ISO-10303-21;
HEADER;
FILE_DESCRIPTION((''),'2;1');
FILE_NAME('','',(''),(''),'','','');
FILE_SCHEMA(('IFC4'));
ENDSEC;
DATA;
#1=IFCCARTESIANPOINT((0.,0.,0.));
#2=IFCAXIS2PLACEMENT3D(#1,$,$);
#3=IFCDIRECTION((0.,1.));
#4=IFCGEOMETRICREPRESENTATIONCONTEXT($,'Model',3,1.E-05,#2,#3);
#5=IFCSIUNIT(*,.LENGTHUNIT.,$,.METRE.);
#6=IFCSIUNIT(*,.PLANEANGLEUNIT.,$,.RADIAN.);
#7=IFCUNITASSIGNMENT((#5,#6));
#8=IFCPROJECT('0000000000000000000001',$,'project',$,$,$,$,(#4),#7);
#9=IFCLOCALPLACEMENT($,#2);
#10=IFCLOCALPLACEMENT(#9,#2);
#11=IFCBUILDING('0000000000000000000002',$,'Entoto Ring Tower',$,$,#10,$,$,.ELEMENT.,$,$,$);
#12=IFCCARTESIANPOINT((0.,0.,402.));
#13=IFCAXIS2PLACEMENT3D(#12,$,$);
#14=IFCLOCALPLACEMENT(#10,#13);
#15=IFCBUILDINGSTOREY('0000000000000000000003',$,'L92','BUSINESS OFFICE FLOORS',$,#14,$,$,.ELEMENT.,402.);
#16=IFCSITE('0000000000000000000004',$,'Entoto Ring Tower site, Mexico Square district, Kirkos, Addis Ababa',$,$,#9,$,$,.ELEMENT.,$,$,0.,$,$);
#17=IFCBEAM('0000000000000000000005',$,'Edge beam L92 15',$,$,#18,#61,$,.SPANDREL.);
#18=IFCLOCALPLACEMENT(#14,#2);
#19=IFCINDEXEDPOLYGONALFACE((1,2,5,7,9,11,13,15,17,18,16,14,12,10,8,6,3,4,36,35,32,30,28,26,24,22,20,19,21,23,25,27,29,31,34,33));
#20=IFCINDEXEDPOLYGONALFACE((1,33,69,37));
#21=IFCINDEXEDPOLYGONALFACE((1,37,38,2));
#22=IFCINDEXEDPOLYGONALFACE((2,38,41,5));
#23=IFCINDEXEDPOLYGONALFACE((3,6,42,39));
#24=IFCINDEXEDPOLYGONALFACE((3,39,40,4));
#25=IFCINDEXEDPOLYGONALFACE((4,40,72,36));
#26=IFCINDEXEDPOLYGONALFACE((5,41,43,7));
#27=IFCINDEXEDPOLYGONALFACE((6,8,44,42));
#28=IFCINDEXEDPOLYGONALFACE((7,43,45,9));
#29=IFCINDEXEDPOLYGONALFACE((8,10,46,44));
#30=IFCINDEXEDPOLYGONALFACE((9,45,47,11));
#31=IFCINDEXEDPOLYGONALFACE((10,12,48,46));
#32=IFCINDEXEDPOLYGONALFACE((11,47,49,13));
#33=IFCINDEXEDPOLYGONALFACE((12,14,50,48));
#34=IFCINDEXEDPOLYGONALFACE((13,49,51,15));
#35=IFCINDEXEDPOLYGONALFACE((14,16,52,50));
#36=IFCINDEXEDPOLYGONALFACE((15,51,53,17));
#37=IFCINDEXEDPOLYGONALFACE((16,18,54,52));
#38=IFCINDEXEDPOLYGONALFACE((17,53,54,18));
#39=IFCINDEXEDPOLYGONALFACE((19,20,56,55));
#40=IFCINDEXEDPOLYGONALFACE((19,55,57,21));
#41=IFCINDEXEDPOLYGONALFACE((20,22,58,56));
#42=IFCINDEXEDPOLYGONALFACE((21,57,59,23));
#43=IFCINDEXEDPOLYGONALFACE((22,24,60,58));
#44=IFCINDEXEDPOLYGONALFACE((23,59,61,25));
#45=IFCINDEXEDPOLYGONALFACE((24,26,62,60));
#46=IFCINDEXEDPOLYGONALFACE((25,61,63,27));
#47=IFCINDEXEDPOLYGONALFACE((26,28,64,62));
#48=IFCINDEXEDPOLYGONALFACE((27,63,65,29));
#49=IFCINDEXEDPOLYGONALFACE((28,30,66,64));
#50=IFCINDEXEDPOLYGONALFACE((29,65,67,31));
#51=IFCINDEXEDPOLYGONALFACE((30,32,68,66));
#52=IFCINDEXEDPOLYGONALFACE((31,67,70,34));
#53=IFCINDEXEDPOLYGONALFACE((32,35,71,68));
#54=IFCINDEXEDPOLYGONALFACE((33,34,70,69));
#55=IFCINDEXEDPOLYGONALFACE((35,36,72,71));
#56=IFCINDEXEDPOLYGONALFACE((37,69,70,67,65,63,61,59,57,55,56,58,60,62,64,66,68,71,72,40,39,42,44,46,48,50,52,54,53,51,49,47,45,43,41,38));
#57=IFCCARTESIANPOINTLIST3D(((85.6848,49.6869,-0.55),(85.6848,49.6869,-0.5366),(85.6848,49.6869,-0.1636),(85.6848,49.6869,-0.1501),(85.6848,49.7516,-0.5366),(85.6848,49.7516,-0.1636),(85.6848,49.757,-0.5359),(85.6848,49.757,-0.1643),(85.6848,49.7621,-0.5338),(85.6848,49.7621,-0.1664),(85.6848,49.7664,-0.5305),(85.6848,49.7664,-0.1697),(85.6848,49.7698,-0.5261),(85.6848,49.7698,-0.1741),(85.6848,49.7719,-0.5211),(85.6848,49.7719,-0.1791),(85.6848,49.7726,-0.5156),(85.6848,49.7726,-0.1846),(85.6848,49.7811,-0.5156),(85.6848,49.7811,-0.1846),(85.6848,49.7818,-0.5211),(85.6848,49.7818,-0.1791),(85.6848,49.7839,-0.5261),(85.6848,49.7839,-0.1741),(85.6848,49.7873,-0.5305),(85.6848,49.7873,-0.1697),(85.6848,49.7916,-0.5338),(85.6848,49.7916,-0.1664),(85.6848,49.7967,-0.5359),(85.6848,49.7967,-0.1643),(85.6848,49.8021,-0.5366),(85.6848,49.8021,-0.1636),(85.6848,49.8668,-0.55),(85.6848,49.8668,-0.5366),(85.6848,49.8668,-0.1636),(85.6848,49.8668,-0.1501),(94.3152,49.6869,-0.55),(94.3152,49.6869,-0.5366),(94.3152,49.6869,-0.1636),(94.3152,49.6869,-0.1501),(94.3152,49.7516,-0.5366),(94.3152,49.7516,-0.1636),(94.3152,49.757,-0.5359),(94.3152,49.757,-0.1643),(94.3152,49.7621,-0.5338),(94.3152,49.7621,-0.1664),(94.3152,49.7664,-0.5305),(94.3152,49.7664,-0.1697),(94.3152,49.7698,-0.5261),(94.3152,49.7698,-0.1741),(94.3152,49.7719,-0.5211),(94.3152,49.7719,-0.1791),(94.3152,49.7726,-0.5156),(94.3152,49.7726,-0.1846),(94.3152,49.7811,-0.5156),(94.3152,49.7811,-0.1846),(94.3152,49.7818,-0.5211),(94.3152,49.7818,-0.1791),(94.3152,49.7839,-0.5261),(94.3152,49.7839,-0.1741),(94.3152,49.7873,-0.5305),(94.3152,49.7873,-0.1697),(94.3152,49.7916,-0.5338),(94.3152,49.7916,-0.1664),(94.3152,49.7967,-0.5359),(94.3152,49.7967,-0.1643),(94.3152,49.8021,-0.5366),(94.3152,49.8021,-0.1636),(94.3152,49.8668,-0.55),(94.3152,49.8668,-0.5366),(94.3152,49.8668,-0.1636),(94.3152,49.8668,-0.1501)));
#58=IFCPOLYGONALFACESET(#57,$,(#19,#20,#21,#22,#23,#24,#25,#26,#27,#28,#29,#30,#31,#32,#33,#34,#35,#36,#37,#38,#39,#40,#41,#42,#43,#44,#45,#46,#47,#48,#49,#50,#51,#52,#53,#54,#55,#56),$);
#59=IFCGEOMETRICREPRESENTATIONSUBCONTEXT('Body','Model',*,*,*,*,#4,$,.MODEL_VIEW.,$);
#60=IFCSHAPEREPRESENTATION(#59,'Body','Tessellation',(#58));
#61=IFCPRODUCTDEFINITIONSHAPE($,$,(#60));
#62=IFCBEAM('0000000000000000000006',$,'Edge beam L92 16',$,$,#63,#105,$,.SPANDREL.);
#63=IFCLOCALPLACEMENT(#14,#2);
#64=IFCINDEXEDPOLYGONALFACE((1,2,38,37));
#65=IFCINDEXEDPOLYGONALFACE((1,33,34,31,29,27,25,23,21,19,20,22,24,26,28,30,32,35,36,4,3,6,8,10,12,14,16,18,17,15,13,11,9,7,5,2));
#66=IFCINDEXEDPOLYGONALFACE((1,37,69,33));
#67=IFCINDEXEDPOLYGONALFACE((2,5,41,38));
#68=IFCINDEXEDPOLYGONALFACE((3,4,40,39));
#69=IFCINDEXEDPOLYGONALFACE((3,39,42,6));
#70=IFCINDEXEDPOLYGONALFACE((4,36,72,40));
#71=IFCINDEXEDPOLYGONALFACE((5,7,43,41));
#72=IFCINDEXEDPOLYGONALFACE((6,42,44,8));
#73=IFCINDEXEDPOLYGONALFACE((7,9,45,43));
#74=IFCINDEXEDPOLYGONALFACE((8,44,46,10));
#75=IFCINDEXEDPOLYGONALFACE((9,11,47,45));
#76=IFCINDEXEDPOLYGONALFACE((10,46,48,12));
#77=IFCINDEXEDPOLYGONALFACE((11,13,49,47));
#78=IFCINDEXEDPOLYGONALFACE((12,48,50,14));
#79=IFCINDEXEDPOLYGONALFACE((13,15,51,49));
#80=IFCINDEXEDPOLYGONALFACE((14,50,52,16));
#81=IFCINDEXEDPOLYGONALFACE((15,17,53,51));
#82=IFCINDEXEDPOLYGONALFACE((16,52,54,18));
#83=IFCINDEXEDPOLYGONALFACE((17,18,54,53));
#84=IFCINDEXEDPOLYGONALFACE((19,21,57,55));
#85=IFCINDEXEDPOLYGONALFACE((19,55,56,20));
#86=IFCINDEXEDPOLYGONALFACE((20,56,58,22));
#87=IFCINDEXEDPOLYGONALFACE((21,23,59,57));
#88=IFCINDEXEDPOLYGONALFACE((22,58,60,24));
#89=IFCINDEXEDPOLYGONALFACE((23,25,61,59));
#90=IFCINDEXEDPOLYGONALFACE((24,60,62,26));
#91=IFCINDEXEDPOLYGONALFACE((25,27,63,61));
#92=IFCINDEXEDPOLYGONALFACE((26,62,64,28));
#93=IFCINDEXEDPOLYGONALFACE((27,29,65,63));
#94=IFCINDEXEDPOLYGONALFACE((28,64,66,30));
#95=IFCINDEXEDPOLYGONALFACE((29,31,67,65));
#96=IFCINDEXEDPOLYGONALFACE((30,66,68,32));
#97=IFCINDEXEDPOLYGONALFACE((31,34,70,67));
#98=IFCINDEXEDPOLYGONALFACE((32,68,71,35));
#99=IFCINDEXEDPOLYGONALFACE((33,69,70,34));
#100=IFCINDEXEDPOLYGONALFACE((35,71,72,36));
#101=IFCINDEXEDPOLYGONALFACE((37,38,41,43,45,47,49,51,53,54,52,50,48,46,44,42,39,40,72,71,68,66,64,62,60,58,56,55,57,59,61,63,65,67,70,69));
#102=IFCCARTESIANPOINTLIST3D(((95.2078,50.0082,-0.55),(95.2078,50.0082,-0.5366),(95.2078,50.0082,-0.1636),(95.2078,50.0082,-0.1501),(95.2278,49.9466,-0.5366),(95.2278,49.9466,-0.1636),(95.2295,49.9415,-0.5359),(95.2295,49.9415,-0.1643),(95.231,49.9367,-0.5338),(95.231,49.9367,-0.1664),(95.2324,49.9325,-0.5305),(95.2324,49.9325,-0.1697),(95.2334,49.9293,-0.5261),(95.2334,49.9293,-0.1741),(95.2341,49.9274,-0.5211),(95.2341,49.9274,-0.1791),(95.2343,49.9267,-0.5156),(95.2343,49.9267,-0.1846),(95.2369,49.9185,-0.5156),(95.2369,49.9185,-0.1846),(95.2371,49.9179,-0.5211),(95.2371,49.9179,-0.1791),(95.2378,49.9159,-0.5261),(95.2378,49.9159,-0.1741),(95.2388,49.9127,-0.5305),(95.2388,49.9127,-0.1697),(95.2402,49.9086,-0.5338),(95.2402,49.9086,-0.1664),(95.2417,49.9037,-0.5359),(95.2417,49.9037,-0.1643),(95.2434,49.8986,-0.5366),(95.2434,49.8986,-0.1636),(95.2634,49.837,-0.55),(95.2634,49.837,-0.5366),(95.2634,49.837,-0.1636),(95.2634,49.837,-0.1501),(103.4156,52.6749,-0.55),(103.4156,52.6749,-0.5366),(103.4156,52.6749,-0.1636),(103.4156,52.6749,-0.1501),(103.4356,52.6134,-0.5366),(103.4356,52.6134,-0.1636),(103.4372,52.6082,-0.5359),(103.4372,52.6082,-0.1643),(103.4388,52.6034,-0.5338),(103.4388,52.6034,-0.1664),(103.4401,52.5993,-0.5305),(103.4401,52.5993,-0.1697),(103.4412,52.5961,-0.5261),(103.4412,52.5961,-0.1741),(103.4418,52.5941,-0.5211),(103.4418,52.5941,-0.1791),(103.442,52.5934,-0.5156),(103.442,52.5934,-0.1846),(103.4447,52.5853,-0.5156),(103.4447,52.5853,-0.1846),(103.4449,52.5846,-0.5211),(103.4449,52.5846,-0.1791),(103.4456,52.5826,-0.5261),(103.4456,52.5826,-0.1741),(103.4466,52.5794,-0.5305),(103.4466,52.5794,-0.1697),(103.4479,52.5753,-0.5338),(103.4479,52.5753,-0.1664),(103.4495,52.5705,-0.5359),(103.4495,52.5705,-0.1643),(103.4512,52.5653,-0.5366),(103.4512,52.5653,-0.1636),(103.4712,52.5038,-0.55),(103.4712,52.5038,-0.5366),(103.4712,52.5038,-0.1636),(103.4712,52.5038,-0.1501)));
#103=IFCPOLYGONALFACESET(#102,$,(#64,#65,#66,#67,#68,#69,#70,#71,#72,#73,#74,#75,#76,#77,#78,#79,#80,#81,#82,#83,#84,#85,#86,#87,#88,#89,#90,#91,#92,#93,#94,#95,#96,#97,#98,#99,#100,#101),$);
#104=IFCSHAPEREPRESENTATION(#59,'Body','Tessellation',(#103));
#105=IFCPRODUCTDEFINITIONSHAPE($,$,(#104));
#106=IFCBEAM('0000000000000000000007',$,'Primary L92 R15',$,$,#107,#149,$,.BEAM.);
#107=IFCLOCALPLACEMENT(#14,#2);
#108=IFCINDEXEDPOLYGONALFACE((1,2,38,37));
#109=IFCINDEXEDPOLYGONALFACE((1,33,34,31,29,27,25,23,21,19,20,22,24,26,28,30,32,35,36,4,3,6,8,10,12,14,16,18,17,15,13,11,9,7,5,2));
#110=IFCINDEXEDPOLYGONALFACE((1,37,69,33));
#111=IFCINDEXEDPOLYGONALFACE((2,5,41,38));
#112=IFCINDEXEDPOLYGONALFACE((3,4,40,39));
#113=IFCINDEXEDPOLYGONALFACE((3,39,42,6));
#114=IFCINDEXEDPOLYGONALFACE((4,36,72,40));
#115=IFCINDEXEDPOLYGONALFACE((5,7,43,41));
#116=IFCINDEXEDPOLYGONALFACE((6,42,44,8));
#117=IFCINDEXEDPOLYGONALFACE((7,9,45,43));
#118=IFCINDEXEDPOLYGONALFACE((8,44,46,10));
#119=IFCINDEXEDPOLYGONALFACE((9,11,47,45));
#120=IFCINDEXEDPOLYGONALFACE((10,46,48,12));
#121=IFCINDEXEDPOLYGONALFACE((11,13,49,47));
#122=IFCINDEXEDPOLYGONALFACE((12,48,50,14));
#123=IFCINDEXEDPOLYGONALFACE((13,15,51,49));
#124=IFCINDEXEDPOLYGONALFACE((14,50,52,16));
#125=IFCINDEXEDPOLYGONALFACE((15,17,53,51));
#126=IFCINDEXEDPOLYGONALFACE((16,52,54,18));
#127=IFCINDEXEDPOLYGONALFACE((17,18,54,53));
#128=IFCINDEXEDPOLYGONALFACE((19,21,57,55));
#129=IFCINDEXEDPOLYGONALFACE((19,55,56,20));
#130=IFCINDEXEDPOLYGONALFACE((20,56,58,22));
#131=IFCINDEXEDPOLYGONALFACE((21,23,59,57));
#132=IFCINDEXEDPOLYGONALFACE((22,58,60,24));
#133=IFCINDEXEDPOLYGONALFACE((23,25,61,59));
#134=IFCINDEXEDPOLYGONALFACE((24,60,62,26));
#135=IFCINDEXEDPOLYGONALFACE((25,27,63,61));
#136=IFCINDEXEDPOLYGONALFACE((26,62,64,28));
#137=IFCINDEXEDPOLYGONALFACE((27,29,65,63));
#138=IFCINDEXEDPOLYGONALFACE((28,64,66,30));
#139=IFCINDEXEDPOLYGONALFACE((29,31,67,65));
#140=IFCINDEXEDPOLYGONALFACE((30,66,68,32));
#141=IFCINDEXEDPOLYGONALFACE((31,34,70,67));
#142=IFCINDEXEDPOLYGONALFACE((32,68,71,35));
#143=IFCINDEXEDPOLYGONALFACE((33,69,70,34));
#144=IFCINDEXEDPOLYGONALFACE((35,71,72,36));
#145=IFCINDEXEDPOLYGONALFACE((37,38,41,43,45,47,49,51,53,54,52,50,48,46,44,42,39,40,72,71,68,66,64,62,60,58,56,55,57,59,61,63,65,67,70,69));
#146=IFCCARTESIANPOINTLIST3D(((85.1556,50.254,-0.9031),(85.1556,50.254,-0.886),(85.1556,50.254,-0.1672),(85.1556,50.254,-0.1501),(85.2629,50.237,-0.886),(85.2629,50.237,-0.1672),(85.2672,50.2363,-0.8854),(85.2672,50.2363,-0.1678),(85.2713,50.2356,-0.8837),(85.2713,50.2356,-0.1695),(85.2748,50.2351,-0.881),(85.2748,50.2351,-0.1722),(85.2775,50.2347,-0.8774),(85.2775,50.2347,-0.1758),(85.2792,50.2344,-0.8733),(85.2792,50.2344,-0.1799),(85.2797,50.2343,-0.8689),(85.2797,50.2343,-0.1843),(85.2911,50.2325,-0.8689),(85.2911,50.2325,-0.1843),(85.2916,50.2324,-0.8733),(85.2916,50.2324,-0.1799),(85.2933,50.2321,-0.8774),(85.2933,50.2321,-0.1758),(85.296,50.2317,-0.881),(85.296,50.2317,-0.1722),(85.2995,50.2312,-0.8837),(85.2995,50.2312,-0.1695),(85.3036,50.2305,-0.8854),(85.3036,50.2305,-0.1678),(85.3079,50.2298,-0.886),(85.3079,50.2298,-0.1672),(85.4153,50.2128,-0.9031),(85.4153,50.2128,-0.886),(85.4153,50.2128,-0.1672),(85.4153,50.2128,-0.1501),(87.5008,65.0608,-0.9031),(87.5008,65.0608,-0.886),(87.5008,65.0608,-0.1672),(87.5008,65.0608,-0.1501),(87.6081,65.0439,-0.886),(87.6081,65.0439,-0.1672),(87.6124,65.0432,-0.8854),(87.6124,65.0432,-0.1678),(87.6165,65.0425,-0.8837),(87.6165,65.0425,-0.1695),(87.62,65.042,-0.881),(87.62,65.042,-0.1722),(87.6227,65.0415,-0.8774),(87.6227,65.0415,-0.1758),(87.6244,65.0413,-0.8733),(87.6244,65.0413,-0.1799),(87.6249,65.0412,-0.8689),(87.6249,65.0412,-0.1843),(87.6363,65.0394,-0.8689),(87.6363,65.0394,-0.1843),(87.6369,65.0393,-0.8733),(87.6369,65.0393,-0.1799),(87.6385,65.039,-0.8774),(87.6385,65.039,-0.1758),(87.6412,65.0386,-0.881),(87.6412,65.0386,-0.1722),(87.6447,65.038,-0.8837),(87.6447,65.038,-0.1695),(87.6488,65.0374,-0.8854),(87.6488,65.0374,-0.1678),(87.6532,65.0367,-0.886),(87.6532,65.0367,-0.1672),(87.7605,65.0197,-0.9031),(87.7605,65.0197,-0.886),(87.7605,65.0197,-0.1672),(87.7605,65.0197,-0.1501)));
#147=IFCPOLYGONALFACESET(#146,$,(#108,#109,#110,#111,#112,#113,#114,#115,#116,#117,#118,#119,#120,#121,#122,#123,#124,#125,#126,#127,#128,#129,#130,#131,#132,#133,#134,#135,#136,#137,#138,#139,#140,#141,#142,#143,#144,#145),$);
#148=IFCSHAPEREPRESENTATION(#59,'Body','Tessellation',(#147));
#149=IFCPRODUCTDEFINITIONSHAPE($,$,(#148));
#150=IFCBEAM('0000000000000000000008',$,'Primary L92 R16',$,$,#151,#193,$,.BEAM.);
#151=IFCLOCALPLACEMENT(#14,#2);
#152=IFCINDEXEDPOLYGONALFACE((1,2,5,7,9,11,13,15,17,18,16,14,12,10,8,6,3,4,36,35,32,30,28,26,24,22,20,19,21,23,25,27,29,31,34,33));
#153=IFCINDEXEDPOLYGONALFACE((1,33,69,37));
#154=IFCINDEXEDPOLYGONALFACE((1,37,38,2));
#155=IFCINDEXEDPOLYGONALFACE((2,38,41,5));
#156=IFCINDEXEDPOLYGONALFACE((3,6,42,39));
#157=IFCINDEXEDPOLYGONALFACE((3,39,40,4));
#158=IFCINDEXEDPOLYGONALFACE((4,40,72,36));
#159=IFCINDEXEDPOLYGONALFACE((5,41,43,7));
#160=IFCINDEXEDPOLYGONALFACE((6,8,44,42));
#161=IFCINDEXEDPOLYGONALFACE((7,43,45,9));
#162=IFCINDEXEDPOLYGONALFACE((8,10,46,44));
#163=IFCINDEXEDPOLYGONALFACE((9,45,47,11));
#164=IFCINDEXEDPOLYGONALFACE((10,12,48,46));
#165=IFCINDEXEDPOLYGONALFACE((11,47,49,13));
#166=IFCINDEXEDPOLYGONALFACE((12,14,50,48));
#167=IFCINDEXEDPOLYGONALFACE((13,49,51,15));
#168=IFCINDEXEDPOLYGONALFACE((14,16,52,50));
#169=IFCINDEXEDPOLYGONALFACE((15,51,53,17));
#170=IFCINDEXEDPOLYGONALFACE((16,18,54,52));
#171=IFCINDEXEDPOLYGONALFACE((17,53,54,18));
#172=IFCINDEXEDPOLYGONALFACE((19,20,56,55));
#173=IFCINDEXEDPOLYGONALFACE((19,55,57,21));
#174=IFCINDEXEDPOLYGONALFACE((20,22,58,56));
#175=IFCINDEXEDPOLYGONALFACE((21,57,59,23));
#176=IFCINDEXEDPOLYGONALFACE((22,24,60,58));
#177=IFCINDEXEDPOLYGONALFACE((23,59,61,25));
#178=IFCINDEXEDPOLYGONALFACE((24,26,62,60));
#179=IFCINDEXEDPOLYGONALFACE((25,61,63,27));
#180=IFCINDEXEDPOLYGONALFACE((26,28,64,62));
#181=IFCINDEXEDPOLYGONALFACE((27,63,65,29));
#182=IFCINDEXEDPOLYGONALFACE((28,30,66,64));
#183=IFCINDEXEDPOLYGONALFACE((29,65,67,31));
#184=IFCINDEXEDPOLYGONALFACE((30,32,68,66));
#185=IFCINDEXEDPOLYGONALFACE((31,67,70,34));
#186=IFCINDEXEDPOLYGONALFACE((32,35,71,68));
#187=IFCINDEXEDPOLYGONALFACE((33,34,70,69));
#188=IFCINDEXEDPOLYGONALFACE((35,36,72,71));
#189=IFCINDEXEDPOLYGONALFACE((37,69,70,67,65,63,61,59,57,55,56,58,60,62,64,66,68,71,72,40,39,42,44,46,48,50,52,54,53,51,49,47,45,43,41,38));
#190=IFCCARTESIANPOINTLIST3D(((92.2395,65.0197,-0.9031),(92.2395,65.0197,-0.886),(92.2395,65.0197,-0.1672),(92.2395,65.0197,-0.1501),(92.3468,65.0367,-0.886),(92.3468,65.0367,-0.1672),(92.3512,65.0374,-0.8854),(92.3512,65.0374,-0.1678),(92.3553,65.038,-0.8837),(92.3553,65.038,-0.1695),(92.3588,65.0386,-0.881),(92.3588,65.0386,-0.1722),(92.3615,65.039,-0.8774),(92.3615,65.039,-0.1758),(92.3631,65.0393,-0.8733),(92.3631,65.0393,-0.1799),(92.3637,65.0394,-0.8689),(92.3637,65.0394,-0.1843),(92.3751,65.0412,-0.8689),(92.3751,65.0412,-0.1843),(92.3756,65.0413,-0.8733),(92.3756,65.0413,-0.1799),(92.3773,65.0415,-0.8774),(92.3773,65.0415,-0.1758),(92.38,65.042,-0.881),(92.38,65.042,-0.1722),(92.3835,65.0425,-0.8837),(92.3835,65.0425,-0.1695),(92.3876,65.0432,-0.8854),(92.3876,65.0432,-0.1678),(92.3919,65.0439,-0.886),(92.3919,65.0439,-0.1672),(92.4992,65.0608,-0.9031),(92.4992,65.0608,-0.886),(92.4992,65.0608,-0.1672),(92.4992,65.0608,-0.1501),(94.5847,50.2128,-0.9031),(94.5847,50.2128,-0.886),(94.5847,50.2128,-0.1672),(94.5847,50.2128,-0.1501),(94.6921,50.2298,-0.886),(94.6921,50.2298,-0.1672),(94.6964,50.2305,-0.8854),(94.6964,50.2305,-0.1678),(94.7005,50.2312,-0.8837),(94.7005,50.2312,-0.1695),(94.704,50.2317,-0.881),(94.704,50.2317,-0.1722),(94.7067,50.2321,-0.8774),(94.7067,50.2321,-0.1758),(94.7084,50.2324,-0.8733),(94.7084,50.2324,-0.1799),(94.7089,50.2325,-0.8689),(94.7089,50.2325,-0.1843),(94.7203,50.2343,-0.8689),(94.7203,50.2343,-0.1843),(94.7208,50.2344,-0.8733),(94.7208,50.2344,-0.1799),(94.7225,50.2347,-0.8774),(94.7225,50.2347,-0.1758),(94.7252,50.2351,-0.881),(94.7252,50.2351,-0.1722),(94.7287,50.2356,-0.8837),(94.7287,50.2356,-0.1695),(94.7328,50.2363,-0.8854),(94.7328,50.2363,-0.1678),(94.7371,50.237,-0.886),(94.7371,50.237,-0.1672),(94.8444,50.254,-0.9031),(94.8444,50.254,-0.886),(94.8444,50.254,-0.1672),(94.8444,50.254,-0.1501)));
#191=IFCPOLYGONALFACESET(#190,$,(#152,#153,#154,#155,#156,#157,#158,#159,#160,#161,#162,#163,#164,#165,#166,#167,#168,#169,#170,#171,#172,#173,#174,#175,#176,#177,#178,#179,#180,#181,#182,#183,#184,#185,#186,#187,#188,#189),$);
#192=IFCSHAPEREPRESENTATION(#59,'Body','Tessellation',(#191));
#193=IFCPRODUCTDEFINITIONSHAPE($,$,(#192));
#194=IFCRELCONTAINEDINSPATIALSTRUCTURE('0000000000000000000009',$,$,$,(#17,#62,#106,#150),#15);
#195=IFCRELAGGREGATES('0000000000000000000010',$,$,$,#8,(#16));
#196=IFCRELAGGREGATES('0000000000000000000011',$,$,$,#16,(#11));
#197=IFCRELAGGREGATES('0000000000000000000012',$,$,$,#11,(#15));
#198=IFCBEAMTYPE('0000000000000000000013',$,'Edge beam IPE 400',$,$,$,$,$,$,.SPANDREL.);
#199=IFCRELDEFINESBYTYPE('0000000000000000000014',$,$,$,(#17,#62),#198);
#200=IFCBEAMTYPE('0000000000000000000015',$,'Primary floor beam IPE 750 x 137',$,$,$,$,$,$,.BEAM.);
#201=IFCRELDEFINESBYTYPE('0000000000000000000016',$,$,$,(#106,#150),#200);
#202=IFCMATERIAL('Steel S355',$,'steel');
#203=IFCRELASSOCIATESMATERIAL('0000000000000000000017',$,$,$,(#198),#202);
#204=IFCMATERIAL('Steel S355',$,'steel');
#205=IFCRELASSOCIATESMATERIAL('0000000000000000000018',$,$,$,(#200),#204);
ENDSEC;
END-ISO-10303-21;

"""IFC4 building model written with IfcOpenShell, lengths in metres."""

from ifc_helpers import new_model, si_unit, direction, frame, origin, origin_2d, place, context, subcontext, project, spatial, i_section, extrude, material, material_profile, profile_set, type_object, element, save


model = new_model("IFC4")

# Units and contexts
model_context = context("Model", 3, precision=1e-05, world=origin(), true_north=direction((0.0, 1.0)))
body_context = subcontext(model_context, "Body", "Model", "MODEL_VIEW")
ifc_project = project(units=[si_unit("LENGTHUNIT", "METRE"), si_unit("PLANEANGLEUNIT", "RADIAN")], contexts=[model_context])

# Site, building, storey
site_placement = place(None, origin())
site = spatial("IfcSite", under=ifc_project, at=site_placement, Name="Entoto Ring Tower site, Mexico Square district, Kirkos, Addis Ababa", CompositionType="ELEMENT", RefElevation=0.0)
building_placement = place(site_placement, origin())
building = spatial("IfcBuilding", under=site, at=building_placement, Name="Entoto Ring Tower", CompositionType="ELEMENT")
storey_placement = place(building_placement, frame((0.0, 0.0, 402.0)))
storey = spatial("IfcBuildingStorey", under=building, at=storey_placement, Name="L92", Description="BUSINESS OFFICE FLOORS", CompositionType="ELEMENT", Elevation=402.0)

# Beams
ifc_material_1 = material(Name="Steel S355", Category="steel")
ifc_material_profile_1 = material_profile(ifc_material_1, i_section(OverallWidth=0.1799, OverallDepth=0.3999, WebThickness=0.0085, FlangeThickness=0.0134, FilletRadius=0.021, at=origin_2d()), Name="IPE 400")
ifc_profile_set_1 = profile_set([ifc_material_profile_1], Name="Steel S355")
beam_type_1 = type_object("IfcBeamType", Name="Edge beam IPE 400", PredefinedType="SPANDREL", material=ifc_profile_set_1)
beam_1_placement = place(storey_placement, frame((85.6848, 49.7769, -0.3501), z_axis=(1.0, 0.0, 0.0), x_axis=(0.0, 1.0, 0.0)))
element("IfcBeam", 1, at=beam_1_placement, inside=storey, type_object=beam_type_1, Name="Edge beam L92 15", PredefinedType="SPANDREL", context=body_context, shape_type="SweptSolid", body=[
    extrude(i_section(OverallWidth=0.1799, OverallDepth=0.3999, WebThickness=0.0085, FlangeThickness=0.0134, FilletRadius=0.021, at=origin_2d()), origin(), (0.0, 0.0, 1.0), 8.6304),
])
beam_2_placement = place(storey_placement, frame((95.2356, 49.9226, -0.3501), z_axis=(0.95106, 0.309005, 0.0), x_axis=(-0.309005, 0.95106, 0.0)))
element("IfcBeam", 2, at=beam_2_placement, inside=storey, type_object=beam_type_1, Name="Edge beam L92 16", PredefinedType="SPANDREL", context=body_context, shape_type="SweptSolid", body=[
    extrude(i_section(OverallWidth=0.1799, OverallDepth=0.3999, WebThickness=0.0085, FlangeThickness=0.0134, FilletRadius=0.021, at=origin_2d()), origin(), (0.0, 0.0, 1.0), 8.6301),
])
ifc_material_2 = material(Name="Steel S355", Category="steel")
ifc_material_profile_2 = material_profile(ifc_material_2, i_section(OverallWidth=0.2629, OverallDepth=0.7529, WebThickness=0.0115, FlangeThickness=0.0171, FilletRadius=0.0171, at=origin_2d()), Name="IPE 750 x 137")
ifc_profile_set_2 = profile_set([ifc_material_profile_2], Name="Steel S355")
beam_type_2 = type_object("IfcBeamType", Name="Primary floor beam IPE 750 x 137", PredefinedType="BEAM", material=ifc_profile_set_2)
for number, where, z_axis, x_axis, name in (
    (3, (87.6306, 65.0403, -0.5266), (-0.156437, -0.987688, 0.0), (0.987688, -0.156437, 0.0), "Primary L92 R15"),
    (4, (92.3694, 65.0403, -0.5266), (0.156437, -0.987688, 0.0), (0.987688, 0.156437, 0.0), "Primary L92 R16"),
):
    element("IfcBeam", number, at=place(storey_placement, frame(where, z_axis=z_axis, x_axis=x_axis)), inside=storey, type_object=beam_type_2, Name=name, PredefinedType="BEAM", context=body_context, shape_type="SweptSolid", body=[
        extrude(i_section(OverallWidth=0.2629, OverallDepth=0.7529, WebThickness=0.0115, FlangeThickness=0.0171, FilletRadius=0.0171, at=origin_2d()), origin(), (0.0, 0.0, 1.0), 14.9915),
    ])

save(model, "model.ifc")
